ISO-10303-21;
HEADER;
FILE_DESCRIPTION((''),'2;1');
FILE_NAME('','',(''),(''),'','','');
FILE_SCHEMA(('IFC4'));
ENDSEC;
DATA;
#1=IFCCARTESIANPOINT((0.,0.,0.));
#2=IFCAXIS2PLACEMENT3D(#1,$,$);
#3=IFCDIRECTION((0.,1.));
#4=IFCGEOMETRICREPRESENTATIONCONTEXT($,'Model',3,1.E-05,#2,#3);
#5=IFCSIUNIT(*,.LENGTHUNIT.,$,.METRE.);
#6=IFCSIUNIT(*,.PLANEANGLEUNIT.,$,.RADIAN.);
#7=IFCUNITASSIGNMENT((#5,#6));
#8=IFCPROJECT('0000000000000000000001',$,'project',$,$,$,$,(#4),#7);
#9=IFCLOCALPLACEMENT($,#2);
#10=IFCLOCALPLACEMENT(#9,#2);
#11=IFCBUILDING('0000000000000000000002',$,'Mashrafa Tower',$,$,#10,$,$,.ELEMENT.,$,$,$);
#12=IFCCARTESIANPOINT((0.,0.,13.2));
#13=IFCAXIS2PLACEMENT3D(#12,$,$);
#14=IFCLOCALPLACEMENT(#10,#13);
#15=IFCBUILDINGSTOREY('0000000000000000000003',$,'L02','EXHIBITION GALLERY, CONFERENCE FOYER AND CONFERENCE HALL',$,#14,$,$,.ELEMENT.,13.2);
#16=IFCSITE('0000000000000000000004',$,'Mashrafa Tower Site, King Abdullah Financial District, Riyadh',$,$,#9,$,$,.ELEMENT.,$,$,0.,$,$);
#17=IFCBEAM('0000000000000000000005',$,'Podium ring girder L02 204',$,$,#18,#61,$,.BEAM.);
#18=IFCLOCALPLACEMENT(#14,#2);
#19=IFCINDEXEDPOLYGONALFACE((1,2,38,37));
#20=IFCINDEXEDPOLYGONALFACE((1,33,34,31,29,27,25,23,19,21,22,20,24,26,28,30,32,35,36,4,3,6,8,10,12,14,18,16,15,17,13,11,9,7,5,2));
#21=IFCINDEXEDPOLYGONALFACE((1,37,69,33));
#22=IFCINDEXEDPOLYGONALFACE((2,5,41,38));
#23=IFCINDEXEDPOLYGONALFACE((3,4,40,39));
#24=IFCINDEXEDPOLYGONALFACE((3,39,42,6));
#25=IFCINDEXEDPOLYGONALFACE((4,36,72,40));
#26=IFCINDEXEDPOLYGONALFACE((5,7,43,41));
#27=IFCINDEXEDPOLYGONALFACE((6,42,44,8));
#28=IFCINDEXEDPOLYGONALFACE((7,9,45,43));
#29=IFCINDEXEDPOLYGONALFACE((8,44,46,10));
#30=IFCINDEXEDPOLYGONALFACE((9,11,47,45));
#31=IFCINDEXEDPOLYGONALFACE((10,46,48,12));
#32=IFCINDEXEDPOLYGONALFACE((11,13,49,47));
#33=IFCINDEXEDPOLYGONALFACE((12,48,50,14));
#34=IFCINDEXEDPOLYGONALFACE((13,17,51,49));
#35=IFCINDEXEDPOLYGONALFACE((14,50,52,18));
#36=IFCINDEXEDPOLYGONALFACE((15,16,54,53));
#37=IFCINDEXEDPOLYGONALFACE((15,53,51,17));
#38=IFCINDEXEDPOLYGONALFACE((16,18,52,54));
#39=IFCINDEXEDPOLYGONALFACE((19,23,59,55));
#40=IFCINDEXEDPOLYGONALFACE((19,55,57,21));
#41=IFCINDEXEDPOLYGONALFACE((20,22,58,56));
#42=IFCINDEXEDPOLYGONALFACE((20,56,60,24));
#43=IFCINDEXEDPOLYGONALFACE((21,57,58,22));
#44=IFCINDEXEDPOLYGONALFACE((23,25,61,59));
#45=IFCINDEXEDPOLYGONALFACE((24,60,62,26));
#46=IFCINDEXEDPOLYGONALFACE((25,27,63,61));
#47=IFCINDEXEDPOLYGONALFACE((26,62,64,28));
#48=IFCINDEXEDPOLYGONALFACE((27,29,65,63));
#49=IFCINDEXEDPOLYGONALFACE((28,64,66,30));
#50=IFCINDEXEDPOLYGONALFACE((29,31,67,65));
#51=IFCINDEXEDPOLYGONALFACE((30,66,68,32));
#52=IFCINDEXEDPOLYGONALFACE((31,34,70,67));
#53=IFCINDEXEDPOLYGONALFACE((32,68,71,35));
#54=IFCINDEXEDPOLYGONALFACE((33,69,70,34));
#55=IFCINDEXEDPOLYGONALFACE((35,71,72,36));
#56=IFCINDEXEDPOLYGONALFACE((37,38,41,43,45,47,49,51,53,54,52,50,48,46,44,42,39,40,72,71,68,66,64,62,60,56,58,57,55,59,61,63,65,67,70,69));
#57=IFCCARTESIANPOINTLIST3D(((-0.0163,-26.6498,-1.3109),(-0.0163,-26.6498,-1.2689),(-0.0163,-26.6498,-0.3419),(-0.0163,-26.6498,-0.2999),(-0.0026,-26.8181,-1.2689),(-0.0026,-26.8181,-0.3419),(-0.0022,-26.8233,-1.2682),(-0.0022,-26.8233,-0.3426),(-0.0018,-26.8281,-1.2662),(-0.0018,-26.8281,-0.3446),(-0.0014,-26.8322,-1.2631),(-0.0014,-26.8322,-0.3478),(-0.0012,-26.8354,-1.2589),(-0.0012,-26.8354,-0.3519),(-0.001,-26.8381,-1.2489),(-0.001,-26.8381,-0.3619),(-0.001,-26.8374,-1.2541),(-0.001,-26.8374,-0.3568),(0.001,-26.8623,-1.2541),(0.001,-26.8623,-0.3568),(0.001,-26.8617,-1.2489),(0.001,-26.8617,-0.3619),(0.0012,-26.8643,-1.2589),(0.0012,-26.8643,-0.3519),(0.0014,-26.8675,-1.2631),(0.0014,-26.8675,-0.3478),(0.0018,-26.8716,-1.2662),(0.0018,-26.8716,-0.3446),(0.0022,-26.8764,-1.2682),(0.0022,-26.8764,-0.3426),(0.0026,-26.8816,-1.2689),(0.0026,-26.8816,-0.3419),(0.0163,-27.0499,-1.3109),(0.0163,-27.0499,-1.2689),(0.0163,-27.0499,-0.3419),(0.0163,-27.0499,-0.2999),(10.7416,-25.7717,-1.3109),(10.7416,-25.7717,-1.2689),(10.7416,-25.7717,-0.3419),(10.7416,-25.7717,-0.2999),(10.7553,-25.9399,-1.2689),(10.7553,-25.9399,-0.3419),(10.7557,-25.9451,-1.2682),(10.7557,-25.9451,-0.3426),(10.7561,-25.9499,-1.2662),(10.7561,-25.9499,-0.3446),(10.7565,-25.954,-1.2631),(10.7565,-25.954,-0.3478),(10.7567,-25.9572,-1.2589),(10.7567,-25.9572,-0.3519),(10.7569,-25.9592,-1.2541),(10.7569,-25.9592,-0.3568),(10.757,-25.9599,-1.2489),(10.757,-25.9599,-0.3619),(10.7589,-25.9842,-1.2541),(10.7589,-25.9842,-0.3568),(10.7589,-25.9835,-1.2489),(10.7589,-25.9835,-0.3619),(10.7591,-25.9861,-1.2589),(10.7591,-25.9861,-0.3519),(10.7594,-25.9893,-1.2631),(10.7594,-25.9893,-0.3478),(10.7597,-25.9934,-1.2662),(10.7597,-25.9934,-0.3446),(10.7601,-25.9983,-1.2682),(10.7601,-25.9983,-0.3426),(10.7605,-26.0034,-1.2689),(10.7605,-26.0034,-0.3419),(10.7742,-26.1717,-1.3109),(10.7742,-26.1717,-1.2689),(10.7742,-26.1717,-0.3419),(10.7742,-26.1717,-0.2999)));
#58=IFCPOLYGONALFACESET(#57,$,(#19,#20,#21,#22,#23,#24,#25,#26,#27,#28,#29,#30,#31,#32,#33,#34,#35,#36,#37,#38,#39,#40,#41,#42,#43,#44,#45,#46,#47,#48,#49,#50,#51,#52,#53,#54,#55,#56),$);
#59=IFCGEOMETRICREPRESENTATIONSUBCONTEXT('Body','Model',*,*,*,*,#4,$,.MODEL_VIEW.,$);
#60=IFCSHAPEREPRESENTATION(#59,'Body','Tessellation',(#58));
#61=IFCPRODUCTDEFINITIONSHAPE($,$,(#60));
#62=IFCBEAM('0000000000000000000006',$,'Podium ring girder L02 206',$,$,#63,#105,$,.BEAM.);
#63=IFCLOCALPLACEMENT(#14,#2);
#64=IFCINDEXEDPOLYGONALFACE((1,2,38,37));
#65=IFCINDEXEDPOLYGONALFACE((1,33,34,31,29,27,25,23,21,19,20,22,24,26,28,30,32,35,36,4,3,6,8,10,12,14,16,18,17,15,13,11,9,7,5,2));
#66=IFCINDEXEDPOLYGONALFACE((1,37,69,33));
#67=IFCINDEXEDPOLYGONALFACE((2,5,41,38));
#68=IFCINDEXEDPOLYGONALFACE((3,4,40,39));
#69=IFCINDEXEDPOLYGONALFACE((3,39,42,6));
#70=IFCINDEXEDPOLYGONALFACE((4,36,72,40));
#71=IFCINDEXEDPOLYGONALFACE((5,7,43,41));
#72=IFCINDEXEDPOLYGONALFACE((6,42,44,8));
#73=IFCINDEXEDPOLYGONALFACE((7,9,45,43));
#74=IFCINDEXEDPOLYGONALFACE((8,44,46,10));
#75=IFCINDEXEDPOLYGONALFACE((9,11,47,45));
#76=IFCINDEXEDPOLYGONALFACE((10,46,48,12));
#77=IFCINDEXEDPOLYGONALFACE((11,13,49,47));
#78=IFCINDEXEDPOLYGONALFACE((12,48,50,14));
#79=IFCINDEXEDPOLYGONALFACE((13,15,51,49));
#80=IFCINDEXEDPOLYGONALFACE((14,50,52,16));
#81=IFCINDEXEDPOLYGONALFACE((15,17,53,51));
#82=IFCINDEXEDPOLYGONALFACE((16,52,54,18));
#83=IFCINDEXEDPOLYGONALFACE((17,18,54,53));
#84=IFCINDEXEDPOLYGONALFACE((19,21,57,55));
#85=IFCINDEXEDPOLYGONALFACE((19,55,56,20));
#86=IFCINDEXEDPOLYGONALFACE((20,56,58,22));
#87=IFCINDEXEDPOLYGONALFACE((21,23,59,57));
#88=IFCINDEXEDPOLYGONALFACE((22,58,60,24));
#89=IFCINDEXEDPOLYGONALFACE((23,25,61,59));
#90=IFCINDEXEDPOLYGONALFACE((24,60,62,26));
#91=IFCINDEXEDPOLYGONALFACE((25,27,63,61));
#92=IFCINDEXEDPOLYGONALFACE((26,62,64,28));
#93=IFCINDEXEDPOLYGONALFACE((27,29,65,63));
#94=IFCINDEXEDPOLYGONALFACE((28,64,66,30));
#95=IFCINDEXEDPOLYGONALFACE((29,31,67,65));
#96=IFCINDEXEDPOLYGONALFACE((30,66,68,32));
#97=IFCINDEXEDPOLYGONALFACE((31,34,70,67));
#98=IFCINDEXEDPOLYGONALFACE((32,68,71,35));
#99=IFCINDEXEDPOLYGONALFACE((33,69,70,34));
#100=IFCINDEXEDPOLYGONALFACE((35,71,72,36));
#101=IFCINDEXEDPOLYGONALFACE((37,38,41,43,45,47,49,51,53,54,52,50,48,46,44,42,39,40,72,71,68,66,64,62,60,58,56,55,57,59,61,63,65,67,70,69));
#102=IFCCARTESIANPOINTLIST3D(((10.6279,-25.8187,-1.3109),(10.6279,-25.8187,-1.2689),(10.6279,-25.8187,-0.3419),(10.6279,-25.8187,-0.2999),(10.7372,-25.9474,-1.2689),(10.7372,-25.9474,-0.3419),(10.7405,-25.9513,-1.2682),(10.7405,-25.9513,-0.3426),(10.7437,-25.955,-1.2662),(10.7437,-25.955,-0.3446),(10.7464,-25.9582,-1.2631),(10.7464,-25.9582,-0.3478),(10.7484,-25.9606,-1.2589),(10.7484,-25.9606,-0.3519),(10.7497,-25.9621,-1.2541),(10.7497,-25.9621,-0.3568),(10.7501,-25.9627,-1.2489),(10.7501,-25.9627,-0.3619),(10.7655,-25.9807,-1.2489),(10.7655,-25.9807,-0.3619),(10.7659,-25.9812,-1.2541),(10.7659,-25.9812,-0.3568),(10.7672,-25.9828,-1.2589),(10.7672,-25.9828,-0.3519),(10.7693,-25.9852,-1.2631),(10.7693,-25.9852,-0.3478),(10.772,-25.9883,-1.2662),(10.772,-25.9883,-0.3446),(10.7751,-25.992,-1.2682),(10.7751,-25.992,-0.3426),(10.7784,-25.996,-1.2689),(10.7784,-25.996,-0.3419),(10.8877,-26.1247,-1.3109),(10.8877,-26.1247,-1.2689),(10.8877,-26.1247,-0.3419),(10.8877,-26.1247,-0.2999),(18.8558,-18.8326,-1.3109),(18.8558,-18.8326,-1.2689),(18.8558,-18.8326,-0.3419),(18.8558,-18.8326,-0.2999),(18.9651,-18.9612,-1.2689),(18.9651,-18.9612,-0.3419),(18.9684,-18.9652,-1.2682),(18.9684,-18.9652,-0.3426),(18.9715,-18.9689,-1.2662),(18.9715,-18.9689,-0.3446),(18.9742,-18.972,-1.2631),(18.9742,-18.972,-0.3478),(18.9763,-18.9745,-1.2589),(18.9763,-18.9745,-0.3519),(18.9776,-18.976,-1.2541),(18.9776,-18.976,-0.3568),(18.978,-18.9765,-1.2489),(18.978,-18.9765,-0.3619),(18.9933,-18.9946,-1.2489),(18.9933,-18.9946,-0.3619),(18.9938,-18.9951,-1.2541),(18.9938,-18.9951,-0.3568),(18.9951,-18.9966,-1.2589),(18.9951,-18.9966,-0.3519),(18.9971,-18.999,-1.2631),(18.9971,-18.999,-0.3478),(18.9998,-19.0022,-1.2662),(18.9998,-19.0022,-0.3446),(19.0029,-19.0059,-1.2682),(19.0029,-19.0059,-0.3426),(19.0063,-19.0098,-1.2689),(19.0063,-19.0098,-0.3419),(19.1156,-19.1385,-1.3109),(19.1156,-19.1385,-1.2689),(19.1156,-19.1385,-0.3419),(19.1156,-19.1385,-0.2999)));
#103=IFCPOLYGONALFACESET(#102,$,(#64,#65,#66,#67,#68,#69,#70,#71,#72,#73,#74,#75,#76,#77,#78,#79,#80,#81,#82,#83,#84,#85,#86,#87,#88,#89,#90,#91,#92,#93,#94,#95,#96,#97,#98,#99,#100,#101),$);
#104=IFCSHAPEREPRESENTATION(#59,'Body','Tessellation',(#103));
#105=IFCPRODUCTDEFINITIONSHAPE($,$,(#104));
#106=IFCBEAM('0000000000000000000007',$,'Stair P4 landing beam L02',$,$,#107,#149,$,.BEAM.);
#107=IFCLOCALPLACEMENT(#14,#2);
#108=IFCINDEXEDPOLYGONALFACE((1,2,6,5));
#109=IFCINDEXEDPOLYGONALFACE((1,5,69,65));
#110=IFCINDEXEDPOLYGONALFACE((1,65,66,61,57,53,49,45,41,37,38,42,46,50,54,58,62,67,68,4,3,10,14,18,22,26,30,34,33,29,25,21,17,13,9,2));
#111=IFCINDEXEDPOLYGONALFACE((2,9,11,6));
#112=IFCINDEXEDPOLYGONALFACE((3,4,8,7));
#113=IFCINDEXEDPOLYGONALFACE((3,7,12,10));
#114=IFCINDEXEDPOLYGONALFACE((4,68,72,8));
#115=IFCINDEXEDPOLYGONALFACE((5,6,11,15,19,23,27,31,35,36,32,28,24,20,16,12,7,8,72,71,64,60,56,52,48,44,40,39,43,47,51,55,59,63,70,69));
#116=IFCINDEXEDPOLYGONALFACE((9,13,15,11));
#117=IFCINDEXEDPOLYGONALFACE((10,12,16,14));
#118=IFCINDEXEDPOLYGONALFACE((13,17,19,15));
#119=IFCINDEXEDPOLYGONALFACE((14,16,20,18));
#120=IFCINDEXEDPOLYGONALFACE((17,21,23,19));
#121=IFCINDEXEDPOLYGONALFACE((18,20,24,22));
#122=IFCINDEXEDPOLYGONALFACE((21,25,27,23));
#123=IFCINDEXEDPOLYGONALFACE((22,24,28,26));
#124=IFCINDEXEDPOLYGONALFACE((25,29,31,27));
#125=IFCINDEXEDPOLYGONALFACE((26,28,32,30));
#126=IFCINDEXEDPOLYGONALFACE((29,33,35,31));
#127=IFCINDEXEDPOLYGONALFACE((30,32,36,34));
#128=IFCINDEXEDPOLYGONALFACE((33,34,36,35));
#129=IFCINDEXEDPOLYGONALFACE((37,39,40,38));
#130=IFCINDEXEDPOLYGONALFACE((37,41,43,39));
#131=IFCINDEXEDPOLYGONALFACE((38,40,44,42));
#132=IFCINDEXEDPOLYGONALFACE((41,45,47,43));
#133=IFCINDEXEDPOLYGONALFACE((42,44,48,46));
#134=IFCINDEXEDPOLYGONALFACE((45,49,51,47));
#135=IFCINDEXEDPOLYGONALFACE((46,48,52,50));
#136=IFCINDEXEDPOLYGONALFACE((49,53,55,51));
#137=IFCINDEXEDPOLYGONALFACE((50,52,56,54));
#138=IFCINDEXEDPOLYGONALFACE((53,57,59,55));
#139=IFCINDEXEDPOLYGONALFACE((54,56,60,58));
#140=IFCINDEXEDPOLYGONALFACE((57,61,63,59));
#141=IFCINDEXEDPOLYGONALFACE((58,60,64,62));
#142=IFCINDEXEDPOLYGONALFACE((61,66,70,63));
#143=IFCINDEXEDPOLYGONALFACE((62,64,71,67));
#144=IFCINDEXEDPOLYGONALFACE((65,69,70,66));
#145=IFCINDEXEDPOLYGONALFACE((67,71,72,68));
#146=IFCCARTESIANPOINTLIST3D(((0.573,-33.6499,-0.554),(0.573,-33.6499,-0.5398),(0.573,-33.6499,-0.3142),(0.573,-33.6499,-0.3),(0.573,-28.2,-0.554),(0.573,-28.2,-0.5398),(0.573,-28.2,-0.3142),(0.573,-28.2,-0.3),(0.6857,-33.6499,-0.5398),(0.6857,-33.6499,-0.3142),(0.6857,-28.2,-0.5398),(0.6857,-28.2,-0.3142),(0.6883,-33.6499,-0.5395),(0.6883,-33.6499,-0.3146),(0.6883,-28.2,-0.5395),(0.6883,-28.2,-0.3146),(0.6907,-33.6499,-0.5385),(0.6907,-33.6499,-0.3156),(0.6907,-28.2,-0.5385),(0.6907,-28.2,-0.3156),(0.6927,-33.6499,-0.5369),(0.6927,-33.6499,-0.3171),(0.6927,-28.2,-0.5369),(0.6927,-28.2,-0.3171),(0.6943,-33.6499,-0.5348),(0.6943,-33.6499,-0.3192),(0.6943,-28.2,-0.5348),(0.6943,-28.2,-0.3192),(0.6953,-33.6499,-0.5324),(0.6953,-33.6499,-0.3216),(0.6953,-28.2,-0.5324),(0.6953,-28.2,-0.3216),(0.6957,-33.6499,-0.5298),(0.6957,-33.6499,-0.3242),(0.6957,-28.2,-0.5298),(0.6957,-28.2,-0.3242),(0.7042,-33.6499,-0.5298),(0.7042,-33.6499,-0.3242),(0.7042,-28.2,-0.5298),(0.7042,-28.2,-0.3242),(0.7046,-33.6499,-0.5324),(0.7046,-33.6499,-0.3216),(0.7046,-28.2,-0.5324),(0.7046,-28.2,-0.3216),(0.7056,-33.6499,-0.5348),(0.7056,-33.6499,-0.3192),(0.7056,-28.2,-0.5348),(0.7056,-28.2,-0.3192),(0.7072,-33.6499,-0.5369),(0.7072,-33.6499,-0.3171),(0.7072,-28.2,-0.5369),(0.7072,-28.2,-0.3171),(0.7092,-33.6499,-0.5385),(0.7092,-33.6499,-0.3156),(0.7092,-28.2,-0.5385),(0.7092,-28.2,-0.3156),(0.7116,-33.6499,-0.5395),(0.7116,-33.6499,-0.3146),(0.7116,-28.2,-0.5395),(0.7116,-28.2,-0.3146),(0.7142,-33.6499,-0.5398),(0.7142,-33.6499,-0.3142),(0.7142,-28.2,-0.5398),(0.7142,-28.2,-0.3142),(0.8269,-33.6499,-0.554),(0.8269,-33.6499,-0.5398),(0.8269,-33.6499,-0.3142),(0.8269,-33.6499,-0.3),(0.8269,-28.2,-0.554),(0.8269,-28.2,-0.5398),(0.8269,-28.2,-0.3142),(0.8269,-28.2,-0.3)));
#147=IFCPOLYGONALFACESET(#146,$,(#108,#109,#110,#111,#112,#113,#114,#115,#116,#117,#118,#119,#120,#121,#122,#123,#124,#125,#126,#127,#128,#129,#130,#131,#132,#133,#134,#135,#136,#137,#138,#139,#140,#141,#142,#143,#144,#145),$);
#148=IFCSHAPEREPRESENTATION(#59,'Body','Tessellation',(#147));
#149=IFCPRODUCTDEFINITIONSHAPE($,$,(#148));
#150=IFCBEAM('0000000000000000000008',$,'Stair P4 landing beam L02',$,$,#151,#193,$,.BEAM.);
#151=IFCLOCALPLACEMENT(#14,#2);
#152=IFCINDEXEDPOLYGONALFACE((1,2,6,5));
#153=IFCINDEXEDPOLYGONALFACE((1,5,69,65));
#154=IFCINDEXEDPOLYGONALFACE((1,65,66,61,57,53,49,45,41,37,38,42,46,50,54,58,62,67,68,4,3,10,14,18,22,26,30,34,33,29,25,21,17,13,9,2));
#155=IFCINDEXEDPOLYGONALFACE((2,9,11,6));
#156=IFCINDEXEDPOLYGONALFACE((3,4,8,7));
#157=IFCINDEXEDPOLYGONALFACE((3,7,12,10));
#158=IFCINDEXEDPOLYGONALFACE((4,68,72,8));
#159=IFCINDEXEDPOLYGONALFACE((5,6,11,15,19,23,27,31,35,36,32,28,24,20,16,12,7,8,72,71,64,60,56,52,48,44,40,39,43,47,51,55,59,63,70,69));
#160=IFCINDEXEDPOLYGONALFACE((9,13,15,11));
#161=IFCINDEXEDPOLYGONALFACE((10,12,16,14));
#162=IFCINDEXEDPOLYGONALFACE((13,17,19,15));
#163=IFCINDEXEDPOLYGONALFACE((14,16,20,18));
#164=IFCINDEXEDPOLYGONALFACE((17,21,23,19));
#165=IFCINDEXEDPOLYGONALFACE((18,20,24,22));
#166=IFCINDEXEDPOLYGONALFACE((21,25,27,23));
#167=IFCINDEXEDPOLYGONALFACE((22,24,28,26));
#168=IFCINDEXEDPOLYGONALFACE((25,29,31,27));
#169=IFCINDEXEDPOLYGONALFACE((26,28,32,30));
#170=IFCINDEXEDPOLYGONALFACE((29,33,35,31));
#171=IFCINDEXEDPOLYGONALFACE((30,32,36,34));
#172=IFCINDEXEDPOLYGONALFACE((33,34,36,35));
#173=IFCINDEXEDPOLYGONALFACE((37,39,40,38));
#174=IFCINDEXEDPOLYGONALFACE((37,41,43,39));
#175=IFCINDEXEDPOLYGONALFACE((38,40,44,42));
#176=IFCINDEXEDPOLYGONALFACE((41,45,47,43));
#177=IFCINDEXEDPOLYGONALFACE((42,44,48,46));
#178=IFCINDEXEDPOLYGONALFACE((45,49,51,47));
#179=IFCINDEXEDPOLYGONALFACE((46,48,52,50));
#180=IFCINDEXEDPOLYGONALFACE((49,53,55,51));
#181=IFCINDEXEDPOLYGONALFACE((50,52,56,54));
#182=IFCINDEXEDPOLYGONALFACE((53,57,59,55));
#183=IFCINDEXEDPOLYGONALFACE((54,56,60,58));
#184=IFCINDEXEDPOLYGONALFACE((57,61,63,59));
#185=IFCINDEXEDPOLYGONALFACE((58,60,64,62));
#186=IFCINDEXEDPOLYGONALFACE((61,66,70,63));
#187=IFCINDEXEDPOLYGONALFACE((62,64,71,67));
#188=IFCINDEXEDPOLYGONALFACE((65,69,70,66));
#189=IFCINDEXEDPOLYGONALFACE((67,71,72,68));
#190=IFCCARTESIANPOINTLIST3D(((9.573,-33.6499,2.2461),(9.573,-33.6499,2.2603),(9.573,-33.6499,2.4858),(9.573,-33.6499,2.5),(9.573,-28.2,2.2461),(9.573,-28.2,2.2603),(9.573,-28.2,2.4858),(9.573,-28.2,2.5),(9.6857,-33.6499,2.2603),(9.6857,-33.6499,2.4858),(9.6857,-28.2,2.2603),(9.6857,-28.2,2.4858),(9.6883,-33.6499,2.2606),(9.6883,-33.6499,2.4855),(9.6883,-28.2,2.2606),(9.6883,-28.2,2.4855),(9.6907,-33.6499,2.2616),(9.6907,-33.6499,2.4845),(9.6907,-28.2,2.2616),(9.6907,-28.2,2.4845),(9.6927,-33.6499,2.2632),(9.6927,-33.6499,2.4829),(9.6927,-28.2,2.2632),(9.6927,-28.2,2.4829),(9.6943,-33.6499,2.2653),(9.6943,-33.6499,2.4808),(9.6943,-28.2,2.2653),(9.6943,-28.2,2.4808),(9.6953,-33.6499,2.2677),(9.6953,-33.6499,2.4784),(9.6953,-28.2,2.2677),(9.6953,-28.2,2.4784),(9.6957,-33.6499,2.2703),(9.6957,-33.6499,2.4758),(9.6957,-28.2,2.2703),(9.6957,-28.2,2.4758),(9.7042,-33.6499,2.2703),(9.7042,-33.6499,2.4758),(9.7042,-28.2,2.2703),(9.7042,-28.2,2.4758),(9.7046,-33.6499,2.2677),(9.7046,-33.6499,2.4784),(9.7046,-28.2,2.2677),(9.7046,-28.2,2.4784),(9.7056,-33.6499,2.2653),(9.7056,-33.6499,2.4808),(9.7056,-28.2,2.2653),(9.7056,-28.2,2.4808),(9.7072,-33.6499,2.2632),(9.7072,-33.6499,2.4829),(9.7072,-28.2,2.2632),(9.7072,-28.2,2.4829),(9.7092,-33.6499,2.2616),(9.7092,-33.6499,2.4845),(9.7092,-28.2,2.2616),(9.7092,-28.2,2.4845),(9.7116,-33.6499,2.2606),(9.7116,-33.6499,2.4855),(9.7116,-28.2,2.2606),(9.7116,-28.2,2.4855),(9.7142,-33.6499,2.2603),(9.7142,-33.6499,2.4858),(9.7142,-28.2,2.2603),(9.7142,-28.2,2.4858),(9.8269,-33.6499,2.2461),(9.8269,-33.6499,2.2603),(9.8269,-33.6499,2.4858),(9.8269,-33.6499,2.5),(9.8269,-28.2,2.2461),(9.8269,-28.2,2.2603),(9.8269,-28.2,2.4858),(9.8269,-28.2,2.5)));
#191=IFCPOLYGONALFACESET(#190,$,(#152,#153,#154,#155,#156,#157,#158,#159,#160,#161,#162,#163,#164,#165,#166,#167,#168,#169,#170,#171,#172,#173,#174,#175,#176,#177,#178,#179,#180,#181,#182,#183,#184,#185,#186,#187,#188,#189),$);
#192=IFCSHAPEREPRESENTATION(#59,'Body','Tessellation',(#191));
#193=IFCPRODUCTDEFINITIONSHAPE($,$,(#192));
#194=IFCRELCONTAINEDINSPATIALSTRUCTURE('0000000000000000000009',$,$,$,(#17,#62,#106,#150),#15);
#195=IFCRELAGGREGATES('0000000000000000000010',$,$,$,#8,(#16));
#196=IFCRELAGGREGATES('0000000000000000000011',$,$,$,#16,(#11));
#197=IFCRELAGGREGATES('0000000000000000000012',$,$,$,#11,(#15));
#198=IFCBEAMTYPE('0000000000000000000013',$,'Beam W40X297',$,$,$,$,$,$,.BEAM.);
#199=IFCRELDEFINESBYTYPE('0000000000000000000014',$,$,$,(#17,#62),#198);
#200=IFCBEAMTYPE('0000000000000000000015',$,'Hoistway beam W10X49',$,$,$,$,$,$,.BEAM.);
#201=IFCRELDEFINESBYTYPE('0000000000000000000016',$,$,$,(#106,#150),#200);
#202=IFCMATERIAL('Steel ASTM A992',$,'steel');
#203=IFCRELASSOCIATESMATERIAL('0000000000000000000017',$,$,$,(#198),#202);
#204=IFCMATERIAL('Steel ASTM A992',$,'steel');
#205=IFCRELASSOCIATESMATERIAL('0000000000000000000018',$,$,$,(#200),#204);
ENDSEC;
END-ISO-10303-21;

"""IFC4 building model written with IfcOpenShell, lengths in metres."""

from ifc_helpers import new_model, si_unit, direction, frame, origin, origin_2d, place, context, subcontext, project, spatial, i_section, extrude, material, material_profile, profile_set, type_object, element, save


model = new_model("IFC4")

# Units and contexts
model_context = context("Model", 3, precision=1e-05, world=origin(), true_north=direction((0.0, 1.0)))
body_context = subcontext(model_context, "Body", "Model", "MODEL_VIEW")
ifc_project = project(units=[si_unit("LENGTHUNIT", "METRE"), si_unit("PLANEANGLEUNIT", "RADIAN")], contexts=[model_context])

# Site, building, storey
site_placement = place(None, origin())
site = spatial("IfcSite", under=ifc_project, at=site_placement, Name="Mashrafa Tower Site, King Abdullah Financial District, Riyadh", CompositionType="ELEMENT", RefElevation=0.0)
building_placement = place(site_placement, origin())
building = spatial("IfcBuilding", under=site, at=building_placement, Name="Mashrafa Tower", CompositionType="ELEMENT")
storey_placement = place(building_placement, frame((0.0, 0.0, 13.2)))
storey = spatial("IfcBuildingStorey", under=building, at=storey_placement, Name="L02", Description="EXHIBITION GALLERY, CONFERENCE FOYER AND CONFERENCE HALL", CompositionType="ELEMENT", Elevation=13.2)

# Beams
ifc_material_1 = material(Name="Steel ASTM A992", Category="steel")
ifc_material_profile_1 = material_profile(ifc_material_1, i_section(OverallWidth=0.4014, OverallDepth=1.011, WebThickness=0.0237, FlangeThickness=0.042, FilletRadius=0.02, at=origin_2d()), Name="W40X297")
ifc_profile_set_1 = profile_set([ifc_material_profile_1], Name="Steel ASTM A992")
beam_type_1 = type_object("IfcBeamType", Name="Beam W40X297", PredefinedType="BEAM", material=ifc_profile_set_1)
for number, where, z_axis, x_axis, name in (
    (1, (0.0, -26.8499, -0.8054), (0.996685, 0.081361, 0.0), (-0.081361, 0.996685, 0.0), "Podium ring girder L02 204"),
    (2, (10.7578, -25.9717, -0.8054), (0.762284, 0.647243, 0.0), (-0.647243, 0.762284, 0.0), "Podium ring girder L02 206"),
):
    element("IfcBeam", number, at=place(storey_placement, frame(where, z_axis=z_axis, x_axis=x_axis)), inside=storey, type_object=beam_type_1, Name=name, PredefinedType="BEAM", context=body_context, shape_type="SweptSolid", body=[
        extrude(i_section(OverallWidth=0.4014, OverallDepth=1.011, WebThickness=0.0237, FlangeThickness=0.042, FilletRadius=0.02, at=origin_2d()), origin(), (0.0, 0.0, 1.0), 10.7937),
    ])
ifc_material_2 = material(Name="Steel ASTM A992", Category="steel")
ifc_material_profile_2 = material_profile(ifc_material_2, i_section(OverallWidth=0.2539, OverallDepth=0.2539, WebThickness=0.0085, FlangeThickness=0.0142, FilletRadius=0.01, at=origin_2d()), Name="W10X49")
ifc_profile_set_2 = profile_set([ifc_material_profile_2], Name="Steel ASTM A992")
beam_type_2 = type_object("IfcBeamType", Name="Hoistway beam W10X49", PredefinedType="BEAM", material=ifc_profile_set_2)
for number, where, z_axis, x_axis, name in (
    (3, (0.7, -33.6499, -0.427), (0.0, 1.0, 0.0), (-1.0, 0.0, 0.0), "Stair P4 landing beam L02"),
    (4, (9.7, -33.6499, 2.373), (0.0, 1.0, 0.0), (-1.0, 0.0, 0.0), "Stair P4 landing beam L02"),
):
    element("IfcBeam", number, at=place(storey_placement, frame(where, z_axis=z_axis, x_axis=x_axis)), inside=storey, type_object=beam_type_2, Name=name, PredefinedType="BEAM", context=body_context, shape_type="SweptSolid", body=[
        extrude(i_section(OverallWidth=0.2539, OverallDepth=0.2539, WebThickness=0.0085, FlangeThickness=0.0142, FilletRadius=0.01, at=origin_2d()), origin(), (0.0, 0.0, 1.0), 5.45),
    ])

save(model, "model.ifc")
